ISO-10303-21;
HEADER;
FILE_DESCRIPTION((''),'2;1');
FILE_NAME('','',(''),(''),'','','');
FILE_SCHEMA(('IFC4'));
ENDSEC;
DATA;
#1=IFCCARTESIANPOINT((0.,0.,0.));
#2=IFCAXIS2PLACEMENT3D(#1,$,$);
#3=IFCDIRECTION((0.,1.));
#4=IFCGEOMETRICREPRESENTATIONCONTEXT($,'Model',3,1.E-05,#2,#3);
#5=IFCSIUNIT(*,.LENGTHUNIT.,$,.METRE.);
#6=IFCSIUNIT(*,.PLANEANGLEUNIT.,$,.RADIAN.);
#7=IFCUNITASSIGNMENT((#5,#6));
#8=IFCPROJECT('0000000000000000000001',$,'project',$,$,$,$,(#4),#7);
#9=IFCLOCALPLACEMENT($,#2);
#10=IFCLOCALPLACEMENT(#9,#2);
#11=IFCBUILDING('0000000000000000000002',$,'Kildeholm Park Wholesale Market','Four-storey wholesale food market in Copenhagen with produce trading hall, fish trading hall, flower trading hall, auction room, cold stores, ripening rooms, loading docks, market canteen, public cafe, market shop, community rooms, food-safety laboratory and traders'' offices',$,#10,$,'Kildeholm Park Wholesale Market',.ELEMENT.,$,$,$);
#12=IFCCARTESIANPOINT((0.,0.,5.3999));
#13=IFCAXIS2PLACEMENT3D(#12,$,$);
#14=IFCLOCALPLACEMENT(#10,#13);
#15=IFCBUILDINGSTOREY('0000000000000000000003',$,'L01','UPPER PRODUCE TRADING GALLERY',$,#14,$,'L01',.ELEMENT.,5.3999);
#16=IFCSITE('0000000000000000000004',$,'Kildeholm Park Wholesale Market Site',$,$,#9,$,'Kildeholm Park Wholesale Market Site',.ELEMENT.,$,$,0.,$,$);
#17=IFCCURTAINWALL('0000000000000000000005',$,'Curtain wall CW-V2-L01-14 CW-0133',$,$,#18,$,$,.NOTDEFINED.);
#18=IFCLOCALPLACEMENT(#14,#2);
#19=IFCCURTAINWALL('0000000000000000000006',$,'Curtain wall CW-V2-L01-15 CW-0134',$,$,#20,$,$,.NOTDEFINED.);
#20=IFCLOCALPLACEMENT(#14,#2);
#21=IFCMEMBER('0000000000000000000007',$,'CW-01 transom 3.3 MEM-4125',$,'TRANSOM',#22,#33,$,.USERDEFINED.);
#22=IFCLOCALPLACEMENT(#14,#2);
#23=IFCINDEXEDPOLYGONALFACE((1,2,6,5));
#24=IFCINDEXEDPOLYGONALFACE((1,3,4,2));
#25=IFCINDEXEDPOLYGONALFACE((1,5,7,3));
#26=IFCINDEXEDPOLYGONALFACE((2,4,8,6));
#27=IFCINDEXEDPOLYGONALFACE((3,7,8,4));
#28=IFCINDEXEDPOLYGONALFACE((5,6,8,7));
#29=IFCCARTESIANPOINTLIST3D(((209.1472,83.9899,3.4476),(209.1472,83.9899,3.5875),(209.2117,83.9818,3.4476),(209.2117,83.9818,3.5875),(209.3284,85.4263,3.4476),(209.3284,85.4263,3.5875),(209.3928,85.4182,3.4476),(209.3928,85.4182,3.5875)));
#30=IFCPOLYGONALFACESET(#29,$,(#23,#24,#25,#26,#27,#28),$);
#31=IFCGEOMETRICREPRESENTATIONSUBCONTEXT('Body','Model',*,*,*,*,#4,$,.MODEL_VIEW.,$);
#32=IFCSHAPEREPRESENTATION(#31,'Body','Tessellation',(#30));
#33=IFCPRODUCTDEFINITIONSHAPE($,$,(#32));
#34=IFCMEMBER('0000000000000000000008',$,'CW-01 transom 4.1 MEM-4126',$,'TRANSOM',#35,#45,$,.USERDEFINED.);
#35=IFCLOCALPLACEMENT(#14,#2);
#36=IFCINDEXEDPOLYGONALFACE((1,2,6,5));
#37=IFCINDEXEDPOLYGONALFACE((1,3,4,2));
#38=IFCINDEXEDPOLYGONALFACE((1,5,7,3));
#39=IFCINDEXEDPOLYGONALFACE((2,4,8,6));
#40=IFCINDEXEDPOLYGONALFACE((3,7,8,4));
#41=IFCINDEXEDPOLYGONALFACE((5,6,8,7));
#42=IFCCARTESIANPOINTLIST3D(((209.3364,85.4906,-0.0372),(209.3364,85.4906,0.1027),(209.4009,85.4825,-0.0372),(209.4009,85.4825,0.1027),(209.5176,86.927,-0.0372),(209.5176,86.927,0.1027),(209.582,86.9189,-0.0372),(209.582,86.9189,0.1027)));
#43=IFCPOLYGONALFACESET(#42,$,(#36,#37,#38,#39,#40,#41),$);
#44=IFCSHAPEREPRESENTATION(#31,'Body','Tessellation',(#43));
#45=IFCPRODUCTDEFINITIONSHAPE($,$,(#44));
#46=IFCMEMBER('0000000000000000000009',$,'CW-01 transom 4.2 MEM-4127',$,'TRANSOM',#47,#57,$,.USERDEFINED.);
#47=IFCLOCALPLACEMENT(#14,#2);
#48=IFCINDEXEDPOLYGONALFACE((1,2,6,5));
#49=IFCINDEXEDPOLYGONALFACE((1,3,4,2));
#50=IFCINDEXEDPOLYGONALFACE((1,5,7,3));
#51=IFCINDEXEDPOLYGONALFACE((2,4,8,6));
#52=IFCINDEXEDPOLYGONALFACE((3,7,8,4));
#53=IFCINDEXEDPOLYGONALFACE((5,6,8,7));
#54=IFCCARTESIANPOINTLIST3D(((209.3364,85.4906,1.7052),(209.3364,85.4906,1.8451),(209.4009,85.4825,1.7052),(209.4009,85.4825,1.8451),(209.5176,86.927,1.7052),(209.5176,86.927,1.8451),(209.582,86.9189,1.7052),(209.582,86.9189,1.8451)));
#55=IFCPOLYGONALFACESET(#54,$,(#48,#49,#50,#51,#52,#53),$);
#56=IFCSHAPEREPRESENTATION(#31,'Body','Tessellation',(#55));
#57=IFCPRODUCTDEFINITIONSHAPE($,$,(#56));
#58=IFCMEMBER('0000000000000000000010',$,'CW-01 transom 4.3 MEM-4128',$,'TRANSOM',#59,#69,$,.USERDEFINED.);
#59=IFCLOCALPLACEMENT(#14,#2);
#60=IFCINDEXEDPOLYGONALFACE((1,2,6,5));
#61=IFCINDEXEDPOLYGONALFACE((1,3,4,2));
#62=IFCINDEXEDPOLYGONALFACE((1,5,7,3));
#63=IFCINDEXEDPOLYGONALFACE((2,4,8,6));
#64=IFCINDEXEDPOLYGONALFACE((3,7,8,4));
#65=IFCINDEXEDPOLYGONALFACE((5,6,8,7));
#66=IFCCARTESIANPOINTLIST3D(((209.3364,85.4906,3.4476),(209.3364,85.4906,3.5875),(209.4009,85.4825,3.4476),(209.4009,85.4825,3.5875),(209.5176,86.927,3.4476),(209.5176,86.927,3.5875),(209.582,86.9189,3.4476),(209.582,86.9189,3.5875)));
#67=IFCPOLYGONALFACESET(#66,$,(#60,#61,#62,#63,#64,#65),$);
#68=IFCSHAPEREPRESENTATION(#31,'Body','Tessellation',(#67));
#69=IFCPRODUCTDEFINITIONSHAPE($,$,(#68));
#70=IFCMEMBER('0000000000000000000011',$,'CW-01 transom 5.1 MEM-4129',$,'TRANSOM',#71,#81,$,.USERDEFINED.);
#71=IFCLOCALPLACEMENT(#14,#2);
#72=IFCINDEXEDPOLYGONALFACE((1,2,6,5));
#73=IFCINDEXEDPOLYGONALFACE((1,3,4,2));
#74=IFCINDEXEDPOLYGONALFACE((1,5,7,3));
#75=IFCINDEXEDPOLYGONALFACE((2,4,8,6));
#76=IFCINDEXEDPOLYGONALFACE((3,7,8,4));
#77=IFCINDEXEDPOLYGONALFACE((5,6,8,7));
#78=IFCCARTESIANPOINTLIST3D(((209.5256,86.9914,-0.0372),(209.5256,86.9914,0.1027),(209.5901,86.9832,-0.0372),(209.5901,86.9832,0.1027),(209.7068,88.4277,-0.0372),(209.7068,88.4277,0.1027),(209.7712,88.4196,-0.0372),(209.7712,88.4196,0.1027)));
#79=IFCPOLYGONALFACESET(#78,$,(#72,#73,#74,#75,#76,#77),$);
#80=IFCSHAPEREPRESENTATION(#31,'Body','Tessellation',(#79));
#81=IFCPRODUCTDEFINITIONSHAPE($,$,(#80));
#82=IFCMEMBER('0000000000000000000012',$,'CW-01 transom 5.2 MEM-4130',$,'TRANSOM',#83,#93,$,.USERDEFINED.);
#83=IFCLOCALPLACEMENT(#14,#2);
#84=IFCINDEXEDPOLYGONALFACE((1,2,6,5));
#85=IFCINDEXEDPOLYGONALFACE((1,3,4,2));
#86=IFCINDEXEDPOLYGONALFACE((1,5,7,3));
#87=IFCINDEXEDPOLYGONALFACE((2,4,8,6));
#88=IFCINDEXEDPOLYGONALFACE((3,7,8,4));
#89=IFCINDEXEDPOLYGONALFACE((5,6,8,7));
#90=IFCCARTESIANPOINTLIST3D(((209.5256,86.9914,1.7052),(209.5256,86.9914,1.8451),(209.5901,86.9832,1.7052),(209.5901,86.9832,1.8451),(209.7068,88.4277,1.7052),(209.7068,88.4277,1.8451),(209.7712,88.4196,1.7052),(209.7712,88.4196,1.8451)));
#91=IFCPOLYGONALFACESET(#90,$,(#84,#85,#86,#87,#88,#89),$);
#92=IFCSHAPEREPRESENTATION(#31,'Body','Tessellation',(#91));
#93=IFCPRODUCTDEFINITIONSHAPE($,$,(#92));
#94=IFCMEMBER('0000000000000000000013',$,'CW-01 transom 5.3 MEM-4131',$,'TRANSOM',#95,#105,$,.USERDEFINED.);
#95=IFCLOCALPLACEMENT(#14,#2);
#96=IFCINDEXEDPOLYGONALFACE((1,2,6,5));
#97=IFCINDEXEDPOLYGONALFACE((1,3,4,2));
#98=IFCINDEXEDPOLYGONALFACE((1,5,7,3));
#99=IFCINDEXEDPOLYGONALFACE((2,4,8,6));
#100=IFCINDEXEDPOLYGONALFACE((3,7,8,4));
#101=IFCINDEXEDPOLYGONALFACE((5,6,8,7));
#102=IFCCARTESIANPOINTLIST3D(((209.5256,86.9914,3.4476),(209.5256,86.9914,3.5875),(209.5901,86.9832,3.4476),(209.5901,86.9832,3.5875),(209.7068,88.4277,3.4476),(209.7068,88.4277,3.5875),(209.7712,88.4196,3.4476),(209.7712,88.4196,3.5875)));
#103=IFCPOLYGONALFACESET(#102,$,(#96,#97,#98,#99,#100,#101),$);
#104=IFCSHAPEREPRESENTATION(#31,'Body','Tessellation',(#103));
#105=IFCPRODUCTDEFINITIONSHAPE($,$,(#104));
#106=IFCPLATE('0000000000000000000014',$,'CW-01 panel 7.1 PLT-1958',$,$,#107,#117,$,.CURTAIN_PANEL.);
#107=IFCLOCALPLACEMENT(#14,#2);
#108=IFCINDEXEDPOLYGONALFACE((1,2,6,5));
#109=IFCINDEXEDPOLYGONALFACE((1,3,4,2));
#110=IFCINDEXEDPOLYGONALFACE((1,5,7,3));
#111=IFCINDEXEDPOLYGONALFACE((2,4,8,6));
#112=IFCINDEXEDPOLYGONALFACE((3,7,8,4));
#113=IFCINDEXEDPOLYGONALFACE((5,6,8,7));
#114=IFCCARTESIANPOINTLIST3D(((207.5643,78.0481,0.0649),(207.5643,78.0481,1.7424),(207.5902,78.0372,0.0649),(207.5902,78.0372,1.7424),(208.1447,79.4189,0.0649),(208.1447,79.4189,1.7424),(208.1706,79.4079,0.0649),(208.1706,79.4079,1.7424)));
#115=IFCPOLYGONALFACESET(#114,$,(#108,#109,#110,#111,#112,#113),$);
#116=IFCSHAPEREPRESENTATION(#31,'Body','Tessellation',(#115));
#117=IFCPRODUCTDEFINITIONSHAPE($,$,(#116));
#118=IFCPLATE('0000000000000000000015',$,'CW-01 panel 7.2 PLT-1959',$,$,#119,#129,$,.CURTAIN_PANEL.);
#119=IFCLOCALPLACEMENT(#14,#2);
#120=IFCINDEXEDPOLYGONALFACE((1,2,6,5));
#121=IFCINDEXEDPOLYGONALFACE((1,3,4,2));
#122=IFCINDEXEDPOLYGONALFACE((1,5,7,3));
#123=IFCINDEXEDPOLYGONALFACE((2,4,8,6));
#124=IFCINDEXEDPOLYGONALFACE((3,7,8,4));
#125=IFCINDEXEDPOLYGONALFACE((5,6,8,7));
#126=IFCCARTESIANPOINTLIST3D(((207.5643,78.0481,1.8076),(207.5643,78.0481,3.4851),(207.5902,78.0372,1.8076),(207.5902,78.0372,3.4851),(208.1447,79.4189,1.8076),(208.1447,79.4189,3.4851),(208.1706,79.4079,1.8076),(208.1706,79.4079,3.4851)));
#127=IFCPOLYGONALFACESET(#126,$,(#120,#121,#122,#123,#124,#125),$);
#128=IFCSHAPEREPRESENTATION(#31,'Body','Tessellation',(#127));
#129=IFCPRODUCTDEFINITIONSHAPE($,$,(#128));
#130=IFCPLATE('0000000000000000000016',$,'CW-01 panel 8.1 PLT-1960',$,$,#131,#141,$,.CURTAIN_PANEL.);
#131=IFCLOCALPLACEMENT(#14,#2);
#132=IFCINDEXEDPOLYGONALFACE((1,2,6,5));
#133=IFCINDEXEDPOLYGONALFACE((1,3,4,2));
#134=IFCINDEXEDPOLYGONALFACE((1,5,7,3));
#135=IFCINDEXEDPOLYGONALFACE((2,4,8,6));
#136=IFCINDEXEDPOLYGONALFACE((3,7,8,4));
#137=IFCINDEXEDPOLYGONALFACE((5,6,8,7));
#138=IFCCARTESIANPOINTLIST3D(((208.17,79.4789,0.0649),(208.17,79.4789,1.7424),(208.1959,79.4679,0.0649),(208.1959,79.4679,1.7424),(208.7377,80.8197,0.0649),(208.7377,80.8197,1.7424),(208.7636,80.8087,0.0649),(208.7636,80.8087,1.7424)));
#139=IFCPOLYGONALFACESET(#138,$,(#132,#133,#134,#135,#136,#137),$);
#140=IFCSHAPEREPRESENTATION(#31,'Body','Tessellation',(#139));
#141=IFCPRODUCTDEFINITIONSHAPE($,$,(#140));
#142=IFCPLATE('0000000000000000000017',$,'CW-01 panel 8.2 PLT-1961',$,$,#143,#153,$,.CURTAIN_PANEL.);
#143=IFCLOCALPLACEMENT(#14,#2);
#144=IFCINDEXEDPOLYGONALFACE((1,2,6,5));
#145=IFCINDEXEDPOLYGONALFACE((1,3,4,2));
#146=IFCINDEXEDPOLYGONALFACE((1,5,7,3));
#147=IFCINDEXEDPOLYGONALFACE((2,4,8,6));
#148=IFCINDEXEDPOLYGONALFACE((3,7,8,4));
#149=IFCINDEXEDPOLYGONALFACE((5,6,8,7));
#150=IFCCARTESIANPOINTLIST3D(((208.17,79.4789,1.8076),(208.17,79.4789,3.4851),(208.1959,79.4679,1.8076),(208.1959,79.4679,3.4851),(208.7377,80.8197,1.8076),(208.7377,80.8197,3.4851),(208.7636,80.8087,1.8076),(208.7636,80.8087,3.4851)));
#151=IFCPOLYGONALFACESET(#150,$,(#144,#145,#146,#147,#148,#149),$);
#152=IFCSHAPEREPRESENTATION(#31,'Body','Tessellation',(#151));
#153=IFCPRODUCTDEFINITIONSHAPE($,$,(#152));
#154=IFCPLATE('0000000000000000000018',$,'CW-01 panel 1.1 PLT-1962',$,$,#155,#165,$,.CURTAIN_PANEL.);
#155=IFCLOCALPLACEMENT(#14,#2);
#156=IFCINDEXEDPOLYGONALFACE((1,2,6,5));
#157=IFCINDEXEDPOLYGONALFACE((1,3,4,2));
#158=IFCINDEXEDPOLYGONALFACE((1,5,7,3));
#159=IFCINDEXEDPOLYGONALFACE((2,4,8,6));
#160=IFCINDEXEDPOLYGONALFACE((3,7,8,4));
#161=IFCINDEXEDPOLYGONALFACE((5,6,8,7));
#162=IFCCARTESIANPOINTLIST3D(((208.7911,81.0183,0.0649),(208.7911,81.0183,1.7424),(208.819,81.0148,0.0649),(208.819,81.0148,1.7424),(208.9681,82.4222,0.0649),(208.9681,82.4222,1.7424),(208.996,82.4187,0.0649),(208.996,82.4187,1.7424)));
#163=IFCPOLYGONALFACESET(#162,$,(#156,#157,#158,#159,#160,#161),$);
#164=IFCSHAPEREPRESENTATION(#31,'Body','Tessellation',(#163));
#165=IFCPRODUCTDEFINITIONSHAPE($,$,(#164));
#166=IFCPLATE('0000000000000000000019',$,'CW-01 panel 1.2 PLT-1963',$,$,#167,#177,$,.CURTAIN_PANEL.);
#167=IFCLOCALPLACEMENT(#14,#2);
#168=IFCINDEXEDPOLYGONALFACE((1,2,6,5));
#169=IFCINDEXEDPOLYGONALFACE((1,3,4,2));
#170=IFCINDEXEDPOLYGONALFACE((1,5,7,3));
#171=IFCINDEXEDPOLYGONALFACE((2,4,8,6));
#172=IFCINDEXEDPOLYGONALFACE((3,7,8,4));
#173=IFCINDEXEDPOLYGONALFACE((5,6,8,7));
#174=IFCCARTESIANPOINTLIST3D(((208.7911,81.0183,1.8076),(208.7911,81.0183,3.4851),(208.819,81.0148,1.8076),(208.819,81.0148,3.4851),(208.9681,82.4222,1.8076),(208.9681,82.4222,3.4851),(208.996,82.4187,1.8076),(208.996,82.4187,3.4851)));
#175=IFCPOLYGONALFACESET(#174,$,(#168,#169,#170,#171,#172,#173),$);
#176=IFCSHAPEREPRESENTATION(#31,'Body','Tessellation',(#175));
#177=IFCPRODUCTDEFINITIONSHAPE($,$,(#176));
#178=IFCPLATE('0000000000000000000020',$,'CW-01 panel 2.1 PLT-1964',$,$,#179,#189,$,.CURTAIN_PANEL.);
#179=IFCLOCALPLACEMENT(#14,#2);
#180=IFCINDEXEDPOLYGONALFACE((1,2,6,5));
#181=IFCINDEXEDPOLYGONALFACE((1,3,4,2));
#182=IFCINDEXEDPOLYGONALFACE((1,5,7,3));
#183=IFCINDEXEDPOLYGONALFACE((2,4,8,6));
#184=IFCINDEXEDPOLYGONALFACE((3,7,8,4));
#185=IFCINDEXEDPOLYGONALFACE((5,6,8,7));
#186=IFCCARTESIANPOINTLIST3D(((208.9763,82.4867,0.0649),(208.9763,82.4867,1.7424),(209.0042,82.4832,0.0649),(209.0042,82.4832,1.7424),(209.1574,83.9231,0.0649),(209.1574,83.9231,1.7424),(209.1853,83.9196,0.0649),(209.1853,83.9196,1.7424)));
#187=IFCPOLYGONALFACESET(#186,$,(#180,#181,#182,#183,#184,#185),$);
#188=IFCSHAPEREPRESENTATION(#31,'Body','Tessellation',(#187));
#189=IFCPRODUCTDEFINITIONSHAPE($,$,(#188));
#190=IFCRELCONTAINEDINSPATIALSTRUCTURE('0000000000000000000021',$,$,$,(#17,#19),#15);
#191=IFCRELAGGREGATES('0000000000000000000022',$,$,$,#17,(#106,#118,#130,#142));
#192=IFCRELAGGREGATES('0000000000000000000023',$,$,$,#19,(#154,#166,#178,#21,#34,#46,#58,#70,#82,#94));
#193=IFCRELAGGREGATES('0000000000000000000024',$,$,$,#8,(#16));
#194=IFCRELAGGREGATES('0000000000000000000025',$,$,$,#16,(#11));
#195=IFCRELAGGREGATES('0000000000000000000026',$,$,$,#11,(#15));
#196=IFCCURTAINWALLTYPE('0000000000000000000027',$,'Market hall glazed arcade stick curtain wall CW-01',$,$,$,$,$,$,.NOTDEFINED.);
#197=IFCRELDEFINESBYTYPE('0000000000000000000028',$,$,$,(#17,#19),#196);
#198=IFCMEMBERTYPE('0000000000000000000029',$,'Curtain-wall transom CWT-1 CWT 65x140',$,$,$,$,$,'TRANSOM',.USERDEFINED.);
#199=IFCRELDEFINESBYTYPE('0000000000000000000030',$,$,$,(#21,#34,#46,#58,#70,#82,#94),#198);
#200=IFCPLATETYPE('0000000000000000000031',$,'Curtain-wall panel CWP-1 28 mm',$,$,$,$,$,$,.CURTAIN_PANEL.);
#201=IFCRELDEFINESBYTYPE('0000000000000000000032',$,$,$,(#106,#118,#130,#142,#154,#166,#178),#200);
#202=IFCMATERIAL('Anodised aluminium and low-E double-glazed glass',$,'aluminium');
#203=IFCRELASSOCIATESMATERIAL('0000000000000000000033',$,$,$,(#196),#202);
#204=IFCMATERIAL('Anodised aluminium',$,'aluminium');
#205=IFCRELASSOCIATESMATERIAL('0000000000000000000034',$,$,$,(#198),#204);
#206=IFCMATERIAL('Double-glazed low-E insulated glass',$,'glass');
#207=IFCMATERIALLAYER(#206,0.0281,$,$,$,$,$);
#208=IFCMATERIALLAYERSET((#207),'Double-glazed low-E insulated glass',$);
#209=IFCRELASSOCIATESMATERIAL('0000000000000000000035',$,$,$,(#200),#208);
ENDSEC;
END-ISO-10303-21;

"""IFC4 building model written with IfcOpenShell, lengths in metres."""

from ifc_helpers import new_model, si_unit, direction, frame, origin, origin_2d, place, context, subcontext, project, spatial, rectangle, extrude, material, layer, layer_set, material_profile, profile_set, type_object, element, aggregate, save


model = new_model("IFC4")

# Units and contexts
model_context = context("Model", 3, precision=1e-05, world=origin(), true_north=direction((0.0, 1.0)))
body_context = subcontext(model_context, "Body", "Model", "MODEL_VIEW")
ifc_project = project(units=[si_unit("LENGTHUNIT", "METRE"), si_unit("PLANEANGLEUNIT", "RADIAN")], contexts=[model_context])

# Site, building, storey
site_placement = place(None, origin())
site = spatial("IfcSite", under=ifc_project, at=site_placement, Name="Kildeholm Park Wholesale Market Site", LongName="Kildeholm Park Wholesale Market Site", CompositionType="ELEMENT", RefElevation=0.0)
building_placement = place(site_placement, origin())
building = spatial("IfcBuilding", under=site, at=building_placement, Name="Kildeholm Park Wholesale Market", Description="Four-storey wholesale food market in Copenhagen with produce trading hall, fish trading hall, flower trading hall, auction room, cold stores, ripening rooms, loading docks, market canteen, public cafe, market shop, community rooms, food-safety laboratory and traders' offices", LongName="Kildeholm Park Wholesale Market", CompositionType="ELEMENT")
storey_placement = place(building_placement, frame((0.0, 0.0, 5.3999)))
storey = spatial("IfcBuildingStorey", under=building, at=storey_placement, Name="L01", Description="UPPER PRODUCE TRADING GALLERY", LongName="L01", CompositionType="ELEMENT", Elevation=5.3999)

# Curtain walls
ifc_material_1 = material(Name="Anodised aluminium and low-E double-glazed glass", Category="aluminium")
curtain_wall_type = type_object("IfcCurtainWallType", Name="Market hall glazed arcade stick curtain wall CW-01", PredefinedType="NOTDEFINED", material=ifc_material_1)
curtain_wall_1_placement = place(storey_placement, origin())
curtain_wall_1 = element("IfcCurtainWall", 1, at=curtain_wall_1_placement, inside=storey, type_object=curtain_wall_type, Name="Curtain wall CW-V2-L01-14 CW-0133", PredefinedType="NOTDEFINED")
ifc_material_2 = material(Name="Anodised aluminium", Category="aluminium")
curtain_wall_2_placement = place(storey_placement, origin())
curtain_wall_2 = element("IfcCurtainWall", 2, at=curtain_wall_2_placement, inside=storey, type_object=curtain_wall_type, Name="Curtain wall CW-V2-L01-15 CW-0134", PredefinedType="NOTDEFINED")

# Members
ifc_material_profile_1 = material_profile(ifc_material_2, rectangle(XDim=0.0649, YDim=0.1399, at=origin_2d()), Name="CWT 65x140")
ifc_profile_set_1 = profile_set([ifc_material_profile_1], Name="Anodised aluminium")
member_type_1 = type_object("IfcMemberType", Name="Curtain-wall transom CWT-1 CWT 65x140", ElementType="TRANSOM", PredefinedType="USERDEFINED", material=ifc_profile_set_1)
member_1_placement = place(storey_placement, frame((209.1794, 83.9858, 3.5176), z_axis=(0.125135, 0.99214, 0.0), x_axis=(-0.99214, 0.125135, 0.0)))
member_1 = element("IfcMember", 3, at=member_1_placement, type_object=member_type_1, Name="CW-01 transom 3.3 MEM-4125", ObjectType="TRANSOM", PredefinedType="USERDEFINED", context=body_context, shape_type="SweptSolid", body=[
    extrude(rectangle(XDim=0.0649, YDim=0.1399, at=origin_2d()), origin(), (0.0, 0.0, 1.0), 1.4478),
])
member_2_placement = place(storey_placement, frame((209.3687, 85.4866, 0.0327), z_axis=(0.125135, 0.99214, 0.0), x_axis=(-0.99214, 0.125135, 0.0)))
member_2 = element("IfcMember", 4, at=member_2_placement, type_object=member_type_1, Name="CW-01 transom 4.1 MEM-4126", ObjectType="TRANSOM", PredefinedType="USERDEFINED", context=body_context, shape_type="SweptSolid", body=[
    extrude(rectangle(XDim=0.0649, YDim=0.1399, at=origin_2d()), origin(), (0.0, 0.0, 1.0), 1.4478),
])
member_3_placement = place(storey_placement, frame((209.3687, 85.4866, 1.7751), z_axis=(0.125135, 0.99214, 0.0), x_axis=(-0.99214, 0.125135, 0.0)))
member_3 = element("IfcMember", 5, at=member_3_placement, type_object=member_type_1, Name="CW-01 transom 4.2 MEM-4127", ObjectType="TRANSOM", PredefinedType="USERDEFINED", context=body_context, shape_type="SweptSolid", body=[
    extrude(rectangle(XDim=0.0649, YDim=0.1399, at=origin_2d()), origin(), (0.0, 0.0, 1.0), 1.4478),
])
member_4_placement = place(storey_placement, frame((209.3687, 85.4866, 3.5176), z_axis=(0.125135, 0.99214, 0.0), x_axis=(-0.99214, 0.125135, 0.0)))
member_4 = element("IfcMember", 6, at=member_4_placement, type_object=member_type_1, Name="CW-01 transom 4.3 MEM-4128", ObjectType="TRANSOM", PredefinedType="USERDEFINED", context=body_context, shape_type="SweptSolid", body=[
    extrude(rectangle(XDim=0.0649, YDim=0.1399, at=origin_2d()), origin(), (0.0, 0.0, 1.0), 1.4478),
])
member_5_placement = place(storey_placement, frame((209.5579, 86.9873, 0.0327), z_axis=(0.125135, 0.99214, 0.0), x_axis=(-0.99214, 0.125135, 0.0)))
member_5 = element("IfcMember", 7, at=member_5_placement, type_object=member_type_1, Name="CW-01 transom 5.1 MEM-4129", ObjectType="TRANSOM", PredefinedType="USERDEFINED", context=body_context, shape_type="SweptSolid", body=[
    extrude(rectangle(XDim=0.0649, YDim=0.1399, at=origin_2d()), origin(), (0.0, 0.0, 1.0), 1.4478),
])
member_6_placement = place(storey_placement, frame((209.5579, 86.9873, 1.7751), z_axis=(0.125135, 0.99214, 0.0), x_axis=(-0.99214, 0.125135, 0.0)))
member_6 = element("IfcMember", 8, at=member_6_placement, type_object=member_type_1, Name="CW-01 transom 5.2 MEM-4130", ObjectType="TRANSOM", PredefinedType="USERDEFINED", context=body_context, shape_type="SweptSolid", body=[
    extrude(rectangle(XDim=0.0649, YDim=0.1399, at=origin_2d()), origin(), (0.0, 0.0, 1.0), 1.4478),
])
member_7_placement = place(storey_placement, frame((209.5579, 86.9873, 3.5176), z_axis=(0.125135, 0.99214, 0.0), x_axis=(-0.99214, 0.125135, 0.0)))
member_7 = element("IfcMember", 9, at=member_7_placement, type_object=member_type_1, Name="CW-01 transom 5.3 MEM-4131", ObjectType="TRANSOM", PredefinedType="USERDEFINED", context=body_context, shape_type="SweptSolid", body=[
    extrude(rectangle(XDim=0.0649, YDim=0.1399, at=origin_2d()), origin(), (0.0, 0.0, 1.0), 1.4478),
])

# Plates
ifc_material_3 = material(Name="Double-glazed low-E insulated glass", Category="glass")
ifc_layer = layer(ifc_material_3, 0.0281)
ifc_layer_set = layer_set([ifc_layer], Name="Double-glazed low-E insulated glass")
plate_type = type_object("IfcPlateType", Name="Curtain-wall panel CWP-1 28 mm", PredefinedType="CURTAIN_PANEL", material=ifc_layer_set)
plate_1_placement = place(storey_placement, frame((207.8674, 78.728, 0.0649), z_axis=(0.0, 0.0, 1.0), x_axis=(0.389905, 0.920855, 0.0)))
plate_1 = element("IfcPlate", 10, at=plate_1_placement, type_object=plate_type, Name="CW-01 panel 7.1 PLT-1958", PredefinedType="CURTAIN_PANEL", context=body_context, shape_type="SweptSolid", body=[
    extrude(rectangle(XDim=1.4885, YDim=0.0281, at=origin_2d()), origin(), (0.0, 0.0, 1.0), 1.6775),
])
plate_2_placement = place(storey_placement, frame((207.8674, 78.728, 1.8076), z_axis=(0.0, 0.0, 1.0), x_axis=(0.389905, 0.920855, 0.0)))
plate_2 = element("IfcPlate", 11, at=plate_2_placement, type_object=plate_type, Name="CW-01 panel 7.2 PLT-1959", PredefinedType="CURTAIN_PANEL", context=body_context, shape_type="SweptSolid", body=[
    extrude(rectangle(XDim=1.4885, YDim=0.0281, at=origin_2d()), origin(), (0.0, 0.0, 1.0), 1.6775),
])
plate_3_placement = place(storey_placement, frame((208.4668, 80.1438, 0.0649), z_axis=(0.0, 0.0, 1.0), x_axis=(0.389905, 0.920855, 0.0)))
plate_3 = element("IfcPlate", 12, at=plate_3_placement, type_object=plate_type, Name="CW-01 panel 8.1 PLT-1960", PredefinedType="CURTAIN_PANEL", context=body_context, shape_type="SweptSolid", body=[
    extrude(rectangle(XDim=1.4561, YDim=0.0281, at=origin_2d()), origin(), (0.0, 0.0, 1.0), 1.6775),
])
plate_4_placement = place(storey_placement, frame((208.4668, 80.1438, 1.8076), z_axis=(0.0, 0.0, 1.0), x_axis=(0.389905, 0.920855, 0.0)))
plate_4 = element("IfcPlate", 13, at=plate_4_placement, type_object=plate_type, Name="CW-01 panel 8.2 PLT-1961", PredefinedType="CURTAIN_PANEL", context=body_context, shape_type="SweptSolid", body=[
    extrude(rectangle(XDim=1.4561, YDim=0.0281, at=origin_2d()), origin(), (0.0, 0.0, 1.0), 1.6775),
])
aggregate(curtain_wall_1, [plate_1, plate_2, plate_3, plate_4])
plate_5_placement = place(storey_placement, frame((208.8936, 81.7185, 0.0649), z_axis=(0.0, 0.0, 1.0), x_axis=(0.125092, 0.992145, 0.0)))
plate_5 = element("IfcPlate", 14, at=plate_5_placement, type_object=plate_type, Name="CW-01 panel 1.1 PLT-1962", PredefinedType="CURTAIN_PANEL", context=body_context, shape_type="SweptSolid", body=[
    extrude(rectangle(XDim=1.415, YDim=0.0281, at=origin_2d()), origin(), (0.0, 0.0, 1.0), 1.6775),
])
plate_6_placement = place(storey_placement, frame((208.8936, 81.7185, 1.8076), z_axis=(0.0, 0.0, 1.0), x_axis=(0.125092, 0.992145, 0.0)))
plate_6 = element("IfcPlate", 15, at=plate_6_placement, type_object=plate_type, Name="CW-01 panel 1.2 PLT-1963", PredefinedType="CURTAIN_PANEL", context=body_context, shape_type="SweptSolid", body=[
    extrude(rectangle(XDim=1.415, YDim=0.0281, at=origin_2d()), origin(), (0.0, 0.0, 1.0), 1.6775),
])
plate_7_placement = place(storey_placement, frame((209.0808, 83.2031, 0.0649), z_axis=(0.0, 0.0, 1.0), x_axis=(0.125092, 0.992145, 0.0)))
plate_7 = element("IfcPlate", 16, at=plate_7_placement, type_object=plate_type, Name="CW-01 panel 2.1 PLT-1964", PredefinedType="CURTAIN_PANEL", context=body_context, shape_type="SweptSolid", body=[
    extrude(rectangle(XDim=1.4478, YDim=0.0281, at=origin_2d()), origin(), (0.0, 0.0, 1.0), 1.6775),
])
aggregate(curtain_wall_2, [plate_5, plate_6, plate_7, member_1, member_2, member_3, member_4, member_5, member_6, member_7])

save(model, "model.ifc")
